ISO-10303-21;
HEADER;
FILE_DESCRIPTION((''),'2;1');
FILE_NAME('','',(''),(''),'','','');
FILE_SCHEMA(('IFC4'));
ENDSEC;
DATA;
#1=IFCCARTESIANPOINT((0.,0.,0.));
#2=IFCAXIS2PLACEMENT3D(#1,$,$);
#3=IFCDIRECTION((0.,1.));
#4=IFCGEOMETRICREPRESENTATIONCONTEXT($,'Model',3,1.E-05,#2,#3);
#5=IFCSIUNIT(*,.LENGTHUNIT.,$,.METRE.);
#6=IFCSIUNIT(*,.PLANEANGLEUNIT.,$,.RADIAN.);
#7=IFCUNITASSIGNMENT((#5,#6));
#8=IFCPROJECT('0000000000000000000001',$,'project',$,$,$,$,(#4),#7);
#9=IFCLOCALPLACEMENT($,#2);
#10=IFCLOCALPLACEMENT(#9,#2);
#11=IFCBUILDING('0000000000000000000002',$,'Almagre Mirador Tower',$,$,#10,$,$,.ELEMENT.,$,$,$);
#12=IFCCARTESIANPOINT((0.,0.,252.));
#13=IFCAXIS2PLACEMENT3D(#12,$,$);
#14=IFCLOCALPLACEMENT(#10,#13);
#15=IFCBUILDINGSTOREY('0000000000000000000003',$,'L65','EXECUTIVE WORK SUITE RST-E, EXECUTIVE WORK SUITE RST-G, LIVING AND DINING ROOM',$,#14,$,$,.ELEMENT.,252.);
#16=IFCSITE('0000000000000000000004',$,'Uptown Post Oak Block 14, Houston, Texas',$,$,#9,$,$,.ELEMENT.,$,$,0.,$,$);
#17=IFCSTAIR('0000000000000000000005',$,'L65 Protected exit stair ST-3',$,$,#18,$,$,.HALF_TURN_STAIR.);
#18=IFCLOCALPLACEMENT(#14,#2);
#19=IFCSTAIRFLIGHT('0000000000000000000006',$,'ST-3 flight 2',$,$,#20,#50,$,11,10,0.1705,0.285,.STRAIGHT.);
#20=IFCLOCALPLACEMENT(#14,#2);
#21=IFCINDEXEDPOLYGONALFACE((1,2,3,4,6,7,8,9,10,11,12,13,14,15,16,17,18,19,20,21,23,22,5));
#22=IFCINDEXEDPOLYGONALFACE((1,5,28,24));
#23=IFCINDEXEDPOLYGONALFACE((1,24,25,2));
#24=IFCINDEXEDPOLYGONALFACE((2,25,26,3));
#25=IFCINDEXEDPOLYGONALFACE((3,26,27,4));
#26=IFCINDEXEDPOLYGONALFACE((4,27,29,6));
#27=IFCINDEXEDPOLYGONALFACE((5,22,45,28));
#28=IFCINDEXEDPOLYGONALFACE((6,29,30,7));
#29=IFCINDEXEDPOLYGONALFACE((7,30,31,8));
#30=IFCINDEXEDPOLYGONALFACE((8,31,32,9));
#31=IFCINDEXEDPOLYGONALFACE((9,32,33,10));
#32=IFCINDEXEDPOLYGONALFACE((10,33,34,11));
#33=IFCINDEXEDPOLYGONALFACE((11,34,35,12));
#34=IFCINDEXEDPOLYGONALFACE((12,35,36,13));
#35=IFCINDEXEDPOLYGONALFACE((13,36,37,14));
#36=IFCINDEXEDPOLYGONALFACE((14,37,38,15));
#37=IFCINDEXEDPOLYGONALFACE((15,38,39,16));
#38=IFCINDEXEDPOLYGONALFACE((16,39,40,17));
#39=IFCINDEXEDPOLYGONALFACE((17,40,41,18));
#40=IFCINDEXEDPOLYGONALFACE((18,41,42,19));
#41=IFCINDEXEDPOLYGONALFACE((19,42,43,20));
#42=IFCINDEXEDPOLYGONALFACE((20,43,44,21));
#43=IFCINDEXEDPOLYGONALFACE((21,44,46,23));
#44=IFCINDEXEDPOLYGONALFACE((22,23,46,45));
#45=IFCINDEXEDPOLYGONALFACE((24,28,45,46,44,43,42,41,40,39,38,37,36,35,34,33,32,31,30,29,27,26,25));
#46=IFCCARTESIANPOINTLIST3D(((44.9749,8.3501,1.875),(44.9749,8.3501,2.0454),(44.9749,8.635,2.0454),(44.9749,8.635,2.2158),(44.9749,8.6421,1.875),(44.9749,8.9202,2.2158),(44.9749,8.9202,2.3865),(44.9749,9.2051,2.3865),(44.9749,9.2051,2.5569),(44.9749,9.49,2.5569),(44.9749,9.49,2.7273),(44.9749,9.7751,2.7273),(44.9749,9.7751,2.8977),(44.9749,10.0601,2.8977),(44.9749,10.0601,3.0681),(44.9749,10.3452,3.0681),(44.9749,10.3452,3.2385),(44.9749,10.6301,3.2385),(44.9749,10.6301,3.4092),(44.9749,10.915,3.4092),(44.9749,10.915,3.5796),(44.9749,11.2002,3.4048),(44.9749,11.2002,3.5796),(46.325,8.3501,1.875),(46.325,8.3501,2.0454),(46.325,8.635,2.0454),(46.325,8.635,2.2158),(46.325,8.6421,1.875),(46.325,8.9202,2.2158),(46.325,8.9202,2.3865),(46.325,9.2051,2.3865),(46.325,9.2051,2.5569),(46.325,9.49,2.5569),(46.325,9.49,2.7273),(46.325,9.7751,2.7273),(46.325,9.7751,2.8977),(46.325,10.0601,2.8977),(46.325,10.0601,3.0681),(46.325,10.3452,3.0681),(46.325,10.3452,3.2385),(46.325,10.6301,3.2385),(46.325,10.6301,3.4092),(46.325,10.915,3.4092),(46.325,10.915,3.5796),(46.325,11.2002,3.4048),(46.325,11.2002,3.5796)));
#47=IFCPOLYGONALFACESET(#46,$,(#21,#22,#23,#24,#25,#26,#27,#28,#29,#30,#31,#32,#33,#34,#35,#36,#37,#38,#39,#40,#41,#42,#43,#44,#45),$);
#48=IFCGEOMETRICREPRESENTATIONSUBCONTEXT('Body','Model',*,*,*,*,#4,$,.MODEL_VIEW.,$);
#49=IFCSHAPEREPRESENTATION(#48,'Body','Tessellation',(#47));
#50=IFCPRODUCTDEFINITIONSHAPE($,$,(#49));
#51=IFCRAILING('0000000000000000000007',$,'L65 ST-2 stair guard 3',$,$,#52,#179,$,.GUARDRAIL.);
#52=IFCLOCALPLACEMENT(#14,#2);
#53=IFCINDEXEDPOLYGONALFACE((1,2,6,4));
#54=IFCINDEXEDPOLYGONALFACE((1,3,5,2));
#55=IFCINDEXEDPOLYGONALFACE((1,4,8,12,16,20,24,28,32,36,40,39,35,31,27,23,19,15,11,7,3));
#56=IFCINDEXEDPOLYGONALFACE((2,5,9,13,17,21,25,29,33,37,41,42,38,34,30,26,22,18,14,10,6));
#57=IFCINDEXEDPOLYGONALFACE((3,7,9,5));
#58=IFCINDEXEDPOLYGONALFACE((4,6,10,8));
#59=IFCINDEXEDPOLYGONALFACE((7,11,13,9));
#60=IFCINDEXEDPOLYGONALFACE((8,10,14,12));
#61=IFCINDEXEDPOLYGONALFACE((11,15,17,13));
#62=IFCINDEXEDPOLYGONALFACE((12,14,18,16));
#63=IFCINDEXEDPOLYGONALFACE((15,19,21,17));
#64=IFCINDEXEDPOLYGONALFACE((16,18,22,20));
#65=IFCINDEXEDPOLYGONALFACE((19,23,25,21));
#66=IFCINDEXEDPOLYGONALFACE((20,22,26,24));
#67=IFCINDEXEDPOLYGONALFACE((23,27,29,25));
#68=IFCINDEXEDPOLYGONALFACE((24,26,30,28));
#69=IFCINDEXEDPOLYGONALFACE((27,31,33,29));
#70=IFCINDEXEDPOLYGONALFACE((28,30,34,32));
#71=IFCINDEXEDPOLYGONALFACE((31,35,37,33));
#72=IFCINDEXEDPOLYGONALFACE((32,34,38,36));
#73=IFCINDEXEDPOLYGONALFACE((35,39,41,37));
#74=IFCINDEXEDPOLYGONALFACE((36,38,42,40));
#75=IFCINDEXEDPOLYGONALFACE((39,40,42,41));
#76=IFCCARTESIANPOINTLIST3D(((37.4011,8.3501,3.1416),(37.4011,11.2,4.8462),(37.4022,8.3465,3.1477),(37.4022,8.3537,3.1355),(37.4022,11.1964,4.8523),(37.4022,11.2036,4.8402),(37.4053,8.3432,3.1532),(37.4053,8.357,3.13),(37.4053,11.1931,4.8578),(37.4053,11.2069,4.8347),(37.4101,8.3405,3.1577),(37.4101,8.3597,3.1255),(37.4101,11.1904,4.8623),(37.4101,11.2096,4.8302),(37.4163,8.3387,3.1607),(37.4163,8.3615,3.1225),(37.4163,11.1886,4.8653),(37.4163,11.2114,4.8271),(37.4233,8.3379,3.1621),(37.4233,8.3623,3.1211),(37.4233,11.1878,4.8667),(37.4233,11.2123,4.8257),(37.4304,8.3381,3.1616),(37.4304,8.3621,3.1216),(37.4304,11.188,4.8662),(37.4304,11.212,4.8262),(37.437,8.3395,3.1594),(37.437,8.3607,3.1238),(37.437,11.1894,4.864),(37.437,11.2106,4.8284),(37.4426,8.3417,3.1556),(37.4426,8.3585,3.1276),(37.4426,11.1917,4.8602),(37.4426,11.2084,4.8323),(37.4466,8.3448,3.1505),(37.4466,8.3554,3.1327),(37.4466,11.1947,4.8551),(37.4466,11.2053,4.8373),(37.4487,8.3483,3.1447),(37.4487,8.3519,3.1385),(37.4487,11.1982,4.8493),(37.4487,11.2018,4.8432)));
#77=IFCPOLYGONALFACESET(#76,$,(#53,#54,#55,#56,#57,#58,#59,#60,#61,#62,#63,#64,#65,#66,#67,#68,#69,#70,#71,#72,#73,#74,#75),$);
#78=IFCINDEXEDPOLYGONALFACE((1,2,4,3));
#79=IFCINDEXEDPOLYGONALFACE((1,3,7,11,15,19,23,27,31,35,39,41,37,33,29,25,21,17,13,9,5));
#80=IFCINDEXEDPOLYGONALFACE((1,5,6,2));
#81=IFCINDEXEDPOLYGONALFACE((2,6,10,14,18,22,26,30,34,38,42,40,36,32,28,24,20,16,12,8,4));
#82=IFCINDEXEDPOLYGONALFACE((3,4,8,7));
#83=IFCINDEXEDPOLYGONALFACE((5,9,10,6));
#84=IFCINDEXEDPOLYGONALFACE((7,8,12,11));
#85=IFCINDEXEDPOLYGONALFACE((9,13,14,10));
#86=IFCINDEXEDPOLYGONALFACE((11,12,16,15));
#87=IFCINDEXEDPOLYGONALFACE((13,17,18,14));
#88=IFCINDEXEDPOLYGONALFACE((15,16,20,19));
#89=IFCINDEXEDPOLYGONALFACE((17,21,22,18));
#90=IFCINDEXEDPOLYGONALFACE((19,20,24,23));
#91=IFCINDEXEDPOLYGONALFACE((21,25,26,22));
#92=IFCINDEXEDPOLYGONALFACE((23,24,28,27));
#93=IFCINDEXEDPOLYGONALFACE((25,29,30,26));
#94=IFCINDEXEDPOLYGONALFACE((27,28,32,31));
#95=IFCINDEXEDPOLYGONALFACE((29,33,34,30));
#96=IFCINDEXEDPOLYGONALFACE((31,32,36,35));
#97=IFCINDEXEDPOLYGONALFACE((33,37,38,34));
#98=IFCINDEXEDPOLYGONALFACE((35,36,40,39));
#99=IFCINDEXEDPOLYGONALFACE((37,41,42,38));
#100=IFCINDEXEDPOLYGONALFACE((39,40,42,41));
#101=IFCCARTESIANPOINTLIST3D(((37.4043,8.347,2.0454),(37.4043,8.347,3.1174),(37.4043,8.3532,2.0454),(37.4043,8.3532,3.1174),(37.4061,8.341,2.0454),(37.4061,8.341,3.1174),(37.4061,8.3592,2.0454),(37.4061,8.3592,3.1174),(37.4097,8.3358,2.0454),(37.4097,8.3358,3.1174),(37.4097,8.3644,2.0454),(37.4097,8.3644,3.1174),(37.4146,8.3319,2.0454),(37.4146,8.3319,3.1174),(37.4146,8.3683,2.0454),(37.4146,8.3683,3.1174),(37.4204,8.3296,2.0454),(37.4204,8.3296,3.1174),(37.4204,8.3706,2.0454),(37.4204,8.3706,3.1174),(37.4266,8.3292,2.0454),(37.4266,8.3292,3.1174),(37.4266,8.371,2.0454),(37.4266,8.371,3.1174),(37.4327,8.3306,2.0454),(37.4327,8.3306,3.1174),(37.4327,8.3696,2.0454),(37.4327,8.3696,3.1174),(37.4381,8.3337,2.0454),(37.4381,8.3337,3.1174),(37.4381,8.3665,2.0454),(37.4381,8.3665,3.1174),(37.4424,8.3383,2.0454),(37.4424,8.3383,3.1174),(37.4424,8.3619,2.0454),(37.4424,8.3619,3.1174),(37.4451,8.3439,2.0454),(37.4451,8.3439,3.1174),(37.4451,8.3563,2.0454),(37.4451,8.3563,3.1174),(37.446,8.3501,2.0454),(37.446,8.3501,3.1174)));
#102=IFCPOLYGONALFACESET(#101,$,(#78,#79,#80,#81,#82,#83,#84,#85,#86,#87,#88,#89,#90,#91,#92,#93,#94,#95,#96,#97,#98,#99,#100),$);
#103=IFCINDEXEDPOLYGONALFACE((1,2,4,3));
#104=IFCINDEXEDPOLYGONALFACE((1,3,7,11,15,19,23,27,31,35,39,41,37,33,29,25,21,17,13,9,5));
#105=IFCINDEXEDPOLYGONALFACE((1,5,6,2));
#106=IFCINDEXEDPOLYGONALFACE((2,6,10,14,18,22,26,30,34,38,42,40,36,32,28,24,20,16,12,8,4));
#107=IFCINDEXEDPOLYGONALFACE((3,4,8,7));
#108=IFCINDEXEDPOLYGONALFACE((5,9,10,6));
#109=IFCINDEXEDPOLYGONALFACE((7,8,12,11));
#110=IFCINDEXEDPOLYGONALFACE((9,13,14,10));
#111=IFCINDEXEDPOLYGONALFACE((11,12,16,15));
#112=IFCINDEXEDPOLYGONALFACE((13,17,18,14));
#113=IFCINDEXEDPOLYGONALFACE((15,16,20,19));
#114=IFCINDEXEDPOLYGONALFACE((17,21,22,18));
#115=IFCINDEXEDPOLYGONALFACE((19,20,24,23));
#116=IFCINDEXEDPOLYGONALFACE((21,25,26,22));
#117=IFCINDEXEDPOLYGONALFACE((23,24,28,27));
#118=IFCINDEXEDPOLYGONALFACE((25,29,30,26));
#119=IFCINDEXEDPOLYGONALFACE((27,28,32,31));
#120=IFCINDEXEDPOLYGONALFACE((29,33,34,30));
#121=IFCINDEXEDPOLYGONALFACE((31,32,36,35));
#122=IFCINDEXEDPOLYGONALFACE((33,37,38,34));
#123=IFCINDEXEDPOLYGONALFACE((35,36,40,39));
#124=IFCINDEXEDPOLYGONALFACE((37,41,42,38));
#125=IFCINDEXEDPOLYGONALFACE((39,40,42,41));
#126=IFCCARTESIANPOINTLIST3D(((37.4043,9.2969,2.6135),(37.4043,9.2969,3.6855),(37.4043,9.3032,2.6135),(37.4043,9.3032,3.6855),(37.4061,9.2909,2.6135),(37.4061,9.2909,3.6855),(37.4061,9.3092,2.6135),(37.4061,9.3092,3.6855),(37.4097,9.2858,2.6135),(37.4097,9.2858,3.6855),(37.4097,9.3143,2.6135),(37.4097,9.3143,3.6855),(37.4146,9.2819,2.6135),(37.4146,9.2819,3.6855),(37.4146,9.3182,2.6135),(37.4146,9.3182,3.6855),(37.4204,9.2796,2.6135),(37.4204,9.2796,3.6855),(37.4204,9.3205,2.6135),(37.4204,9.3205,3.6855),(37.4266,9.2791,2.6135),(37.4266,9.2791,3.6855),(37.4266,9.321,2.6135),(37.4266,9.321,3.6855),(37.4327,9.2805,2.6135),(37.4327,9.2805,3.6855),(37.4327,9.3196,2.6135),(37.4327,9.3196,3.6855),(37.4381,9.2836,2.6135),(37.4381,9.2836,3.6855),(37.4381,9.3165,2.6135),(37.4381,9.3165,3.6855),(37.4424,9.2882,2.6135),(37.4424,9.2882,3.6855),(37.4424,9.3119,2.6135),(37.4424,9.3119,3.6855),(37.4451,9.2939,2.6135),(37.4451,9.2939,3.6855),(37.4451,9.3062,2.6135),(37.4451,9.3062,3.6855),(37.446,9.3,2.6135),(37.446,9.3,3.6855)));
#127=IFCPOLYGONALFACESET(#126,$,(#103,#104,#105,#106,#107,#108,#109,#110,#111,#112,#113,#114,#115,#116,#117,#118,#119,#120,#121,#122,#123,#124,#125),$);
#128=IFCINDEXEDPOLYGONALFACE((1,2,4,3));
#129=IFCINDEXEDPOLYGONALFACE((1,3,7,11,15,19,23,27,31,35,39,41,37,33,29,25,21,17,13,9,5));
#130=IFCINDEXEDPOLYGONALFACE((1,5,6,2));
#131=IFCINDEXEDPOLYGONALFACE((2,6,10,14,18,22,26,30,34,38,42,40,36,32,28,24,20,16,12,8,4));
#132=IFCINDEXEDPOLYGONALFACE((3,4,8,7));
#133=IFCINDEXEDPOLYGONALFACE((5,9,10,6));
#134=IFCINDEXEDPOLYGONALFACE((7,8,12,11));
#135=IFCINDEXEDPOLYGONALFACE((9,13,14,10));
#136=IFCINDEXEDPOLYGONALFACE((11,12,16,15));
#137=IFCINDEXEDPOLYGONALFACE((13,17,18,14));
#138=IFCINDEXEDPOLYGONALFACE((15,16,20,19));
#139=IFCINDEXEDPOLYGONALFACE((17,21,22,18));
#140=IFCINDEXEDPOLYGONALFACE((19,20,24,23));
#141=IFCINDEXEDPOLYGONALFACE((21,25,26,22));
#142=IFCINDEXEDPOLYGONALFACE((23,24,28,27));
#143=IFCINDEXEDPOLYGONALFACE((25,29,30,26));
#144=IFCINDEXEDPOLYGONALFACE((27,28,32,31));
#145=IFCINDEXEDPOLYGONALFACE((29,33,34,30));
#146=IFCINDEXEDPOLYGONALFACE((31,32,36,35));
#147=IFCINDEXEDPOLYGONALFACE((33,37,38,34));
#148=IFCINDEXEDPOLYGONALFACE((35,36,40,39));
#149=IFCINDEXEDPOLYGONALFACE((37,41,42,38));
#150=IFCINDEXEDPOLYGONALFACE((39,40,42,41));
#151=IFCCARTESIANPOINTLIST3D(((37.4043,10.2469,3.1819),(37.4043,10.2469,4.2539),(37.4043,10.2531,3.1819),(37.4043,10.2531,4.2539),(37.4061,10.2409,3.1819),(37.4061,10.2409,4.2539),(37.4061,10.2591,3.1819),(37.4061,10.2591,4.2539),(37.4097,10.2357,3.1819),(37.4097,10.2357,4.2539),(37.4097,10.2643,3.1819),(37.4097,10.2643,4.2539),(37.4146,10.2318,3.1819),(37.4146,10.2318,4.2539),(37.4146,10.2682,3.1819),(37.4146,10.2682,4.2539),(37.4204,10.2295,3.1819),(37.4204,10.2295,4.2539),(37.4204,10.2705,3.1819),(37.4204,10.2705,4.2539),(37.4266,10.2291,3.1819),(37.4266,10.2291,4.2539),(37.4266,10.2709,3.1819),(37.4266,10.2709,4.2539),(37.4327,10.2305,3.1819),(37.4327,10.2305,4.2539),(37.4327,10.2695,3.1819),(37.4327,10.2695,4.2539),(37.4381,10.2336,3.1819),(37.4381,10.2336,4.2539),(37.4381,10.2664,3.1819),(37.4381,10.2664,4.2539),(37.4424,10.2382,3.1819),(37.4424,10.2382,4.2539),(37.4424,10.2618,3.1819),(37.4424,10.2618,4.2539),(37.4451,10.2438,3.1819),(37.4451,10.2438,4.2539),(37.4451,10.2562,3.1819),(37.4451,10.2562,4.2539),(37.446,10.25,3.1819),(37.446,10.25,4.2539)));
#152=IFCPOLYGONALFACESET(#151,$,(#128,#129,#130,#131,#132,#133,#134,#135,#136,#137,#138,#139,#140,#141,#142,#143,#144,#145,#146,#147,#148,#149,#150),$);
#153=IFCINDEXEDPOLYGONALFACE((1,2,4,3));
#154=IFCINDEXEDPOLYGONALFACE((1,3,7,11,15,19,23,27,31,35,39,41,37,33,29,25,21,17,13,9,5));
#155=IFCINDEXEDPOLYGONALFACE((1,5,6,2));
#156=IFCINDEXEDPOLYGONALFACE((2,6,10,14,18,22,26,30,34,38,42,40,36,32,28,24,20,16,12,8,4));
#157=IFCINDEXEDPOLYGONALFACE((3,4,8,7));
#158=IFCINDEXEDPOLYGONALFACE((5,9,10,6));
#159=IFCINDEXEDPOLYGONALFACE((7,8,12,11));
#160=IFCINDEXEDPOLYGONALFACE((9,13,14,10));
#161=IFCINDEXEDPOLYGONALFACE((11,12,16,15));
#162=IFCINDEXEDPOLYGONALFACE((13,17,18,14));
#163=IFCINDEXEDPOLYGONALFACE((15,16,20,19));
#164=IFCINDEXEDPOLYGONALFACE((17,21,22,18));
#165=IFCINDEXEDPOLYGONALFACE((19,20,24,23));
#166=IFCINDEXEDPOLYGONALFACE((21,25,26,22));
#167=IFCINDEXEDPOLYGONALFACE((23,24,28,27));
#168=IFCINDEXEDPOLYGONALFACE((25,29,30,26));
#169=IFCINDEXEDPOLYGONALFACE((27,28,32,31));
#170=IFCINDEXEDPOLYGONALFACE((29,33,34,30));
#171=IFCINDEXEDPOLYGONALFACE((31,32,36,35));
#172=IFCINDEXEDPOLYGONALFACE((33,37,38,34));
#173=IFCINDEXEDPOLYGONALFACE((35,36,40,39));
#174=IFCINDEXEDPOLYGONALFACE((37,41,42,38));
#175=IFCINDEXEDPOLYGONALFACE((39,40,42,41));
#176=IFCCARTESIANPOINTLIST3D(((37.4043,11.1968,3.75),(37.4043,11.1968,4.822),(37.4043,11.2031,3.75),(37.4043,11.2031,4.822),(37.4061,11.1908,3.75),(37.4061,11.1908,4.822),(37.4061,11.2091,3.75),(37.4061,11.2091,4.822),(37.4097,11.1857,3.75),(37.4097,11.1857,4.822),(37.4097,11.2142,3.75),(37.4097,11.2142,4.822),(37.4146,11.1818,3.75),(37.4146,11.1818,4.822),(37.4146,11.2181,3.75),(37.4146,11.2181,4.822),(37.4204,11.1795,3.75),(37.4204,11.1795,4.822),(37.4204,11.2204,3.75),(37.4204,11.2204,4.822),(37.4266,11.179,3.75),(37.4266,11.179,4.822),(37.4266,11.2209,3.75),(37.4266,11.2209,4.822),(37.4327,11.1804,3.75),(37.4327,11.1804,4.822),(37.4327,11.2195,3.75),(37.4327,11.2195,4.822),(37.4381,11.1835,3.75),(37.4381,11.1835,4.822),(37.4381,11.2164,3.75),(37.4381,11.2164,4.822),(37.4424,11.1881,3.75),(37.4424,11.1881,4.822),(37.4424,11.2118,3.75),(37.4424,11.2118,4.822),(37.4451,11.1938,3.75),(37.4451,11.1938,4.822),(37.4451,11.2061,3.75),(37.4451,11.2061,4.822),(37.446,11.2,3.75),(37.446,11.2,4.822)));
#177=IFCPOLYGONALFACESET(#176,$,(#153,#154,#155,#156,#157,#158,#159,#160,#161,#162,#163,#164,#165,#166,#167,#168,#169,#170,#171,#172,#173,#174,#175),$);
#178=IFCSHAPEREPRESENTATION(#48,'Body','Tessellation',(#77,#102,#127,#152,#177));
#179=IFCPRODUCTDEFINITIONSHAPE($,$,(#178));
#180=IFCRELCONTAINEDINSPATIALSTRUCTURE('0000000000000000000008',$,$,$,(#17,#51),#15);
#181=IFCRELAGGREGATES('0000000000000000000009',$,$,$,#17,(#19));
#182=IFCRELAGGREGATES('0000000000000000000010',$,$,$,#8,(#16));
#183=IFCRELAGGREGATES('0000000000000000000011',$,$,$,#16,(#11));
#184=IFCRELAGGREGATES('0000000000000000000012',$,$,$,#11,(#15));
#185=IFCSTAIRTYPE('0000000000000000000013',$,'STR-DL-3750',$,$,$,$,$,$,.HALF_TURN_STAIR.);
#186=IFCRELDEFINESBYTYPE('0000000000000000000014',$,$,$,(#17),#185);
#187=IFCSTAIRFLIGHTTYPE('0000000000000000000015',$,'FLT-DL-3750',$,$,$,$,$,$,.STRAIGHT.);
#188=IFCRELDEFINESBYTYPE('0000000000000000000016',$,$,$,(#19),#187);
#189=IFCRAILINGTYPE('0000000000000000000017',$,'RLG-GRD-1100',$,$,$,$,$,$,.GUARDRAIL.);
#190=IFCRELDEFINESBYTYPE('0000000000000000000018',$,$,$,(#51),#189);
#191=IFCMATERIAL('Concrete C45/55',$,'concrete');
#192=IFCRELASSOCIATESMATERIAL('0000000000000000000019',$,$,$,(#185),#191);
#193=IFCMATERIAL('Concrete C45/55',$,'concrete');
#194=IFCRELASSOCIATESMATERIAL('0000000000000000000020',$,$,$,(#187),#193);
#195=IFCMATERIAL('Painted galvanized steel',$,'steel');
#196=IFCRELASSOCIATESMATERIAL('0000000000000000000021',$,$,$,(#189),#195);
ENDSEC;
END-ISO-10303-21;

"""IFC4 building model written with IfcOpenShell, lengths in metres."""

from ifc_helpers import new_model, si_unit, direction, frame, origin, origin_2d, place, context, subcontext, project, spatial, polyline, circle, outline, extrude, material, type_object, element, aggregate, save


model = new_model("IFC4")

# Units and contexts
model_context = context("Model", 3, precision=1e-05, world=origin(), true_north=direction((0.0, 1.0)))
body_context = subcontext(model_context, "Body", "Model", "MODEL_VIEW")
ifc_project = project(units=[si_unit("LENGTHUNIT", "METRE"), si_unit("PLANEANGLEUNIT", "RADIAN")], contexts=[model_context])

# Site, building, storey
site_placement = place(None, origin())
site = spatial("IfcSite", under=ifc_project, at=site_placement, Name="Uptown Post Oak Block 14, Houston, Texas", CompositionType="ELEMENT", RefElevation=0.0)
building_placement = place(site_placement, origin())
building = spatial("IfcBuilding", under=site, at=building_placement, Name="Almagre Mirador Tower", CompositionType="ELEMENT")
storey_placement = place(building_placement, frame((0.0, 0.0, 252.0)))
storey = spatial("IfcBuildingStorey", under=building, at=storey_placement, Name="L65", Description="EXECUTIVE WORK SUITE RST-E, EXECUTIVE WORK SUITE RST-G, LIVING AND DINING ROOM", CompositionType="ELEMENT", Elevation=252.0)

# Shared definitions
ifc_material_1 = material(Name="Concrete C45/55", Category="concrete")
stair_type = type_object("IfcStairType", Name="STR-DL-3750", PredefinedType="HALF_TURN_STAIR", material=ifc_material_1)
ifc_material_2 = material(Name="Concrete C45/55", Category="concrete")
stair_flight_type = type_object("IfcStairFlightType", Name="FLT-DL-3750", PredefinedType="STRAIGHT", material=ifc_material_2)

# Stair, stair flight
stair_1_placement = place(storey_placement, origin())
stair_1 = element("IfcStair", 1, at=stair_1_placement, inside=storey, type_object=stair_type, Name="L65 Protected exit stair ST-3", PredefinedType="HALF_TURN_STAIR")
stair_flight_1_placement = place(storey_placement, frame((45.6499, 8.3501, 1.875), z_axis=(0.0, 0.0, 1.0), x_axis=(0.0, 1.0, 0.0)))
stair_flight_1 = element("IfcStairFlight", 2, at=stair_flight_1_placement, type_object=stair_flight_type, Name="ST-3 flight 2", NumberOfRisers=11, NumberOfTreads=10, PredefinedType="STRAIGHT", RiserHeight=0.1705, TreadLength=0.285, context=body_context, shape_type="SweptSolid", body=[
    extrude(outline(polyline([(0.0, 0.0), (0.0, 0.1704), (0.2849, 0.1704), (0.2849, 0.3408), (0.5701, 0.3408), (0.5701, 0.5115), (0.855, 0.5115), (0.855, 0.6819), (1.1399, 0.6819), (1.1399, 0.8523), (1.425, 0.8523), (1.425, 1.0227), (1.71, 1.0227), (1.71, 1.1931), (1.9951, 1.1931), (1.9951, 1.3635), (2.28, 1.3635), (2.28, 1.5342), (2.5649, 1.5342), (2.5649, 1.7046), (2.8501, 1.7046), (2.8501, 1.875), (2.8501, 1.5298), (0.292, 0.0), (0.0, 0.0)])), frame((0.0, 0.675, 0.0), z_axis=(0.0, -1.0, 0.0), x_axis=(1.0, 0.0, 0.0)), (0.0, 0.0, 1.0), 1.3501),
])
aggregate(stair_1, [stair_flight_1])

# Railing
ifc_material_3 = material(Name="Painted galvanized steel", Category="steel")
railing_type_1 = type_object("IfcRailingType", Name="RLG-GRD-1100", PredefinedType="GUARDRAIL", material=ifc_material_3)
railing_1_placement = place(storey_placement, frame((37.425, 8.3501, 2.0454)))
element("IfcRailing", 3, at=railing_1_placement, inside=storey, type_object=railing_type_1, Name="L65 ST-2 stair guard 3", PredefinedType="GUARDRAIL", context=body_context, shape_type="SweptSolid", body=[
    extrude(circle(Radius=0.0239, at=origin_2d()), frame((0.0, 0.0, 1.0962), z_axis=(0.0, 0.858199, 0.513317), x_axis=(-1.0, 0.0, 0.0)), (0.0, 0.0, 1.0), 3.3208),
    extrude(circle(Radius=0.021, at=origin_2d()), origin(), (0.0, 0.0, 1.0), 1.072),
    extrude(circle(Radius=0.021, at=origin_2d()), frame((0.0, 0.95, 0.5681)), (0.0, 0.0, 1.0), 1.072),
    extrude(circle(Radius=0.021, at=origin_2d()), frame((0.0, 1.8999, 1.1365)), (0.0, 0.0, 1.0), 1.072),
    extrude(circle(Radius=0.021, at=origin_2d()), frame((0.0, 2.8499, 1.7046)), (0.0, 0.0, 1.0), 1.072),
])

save(model, "model.ifc")
